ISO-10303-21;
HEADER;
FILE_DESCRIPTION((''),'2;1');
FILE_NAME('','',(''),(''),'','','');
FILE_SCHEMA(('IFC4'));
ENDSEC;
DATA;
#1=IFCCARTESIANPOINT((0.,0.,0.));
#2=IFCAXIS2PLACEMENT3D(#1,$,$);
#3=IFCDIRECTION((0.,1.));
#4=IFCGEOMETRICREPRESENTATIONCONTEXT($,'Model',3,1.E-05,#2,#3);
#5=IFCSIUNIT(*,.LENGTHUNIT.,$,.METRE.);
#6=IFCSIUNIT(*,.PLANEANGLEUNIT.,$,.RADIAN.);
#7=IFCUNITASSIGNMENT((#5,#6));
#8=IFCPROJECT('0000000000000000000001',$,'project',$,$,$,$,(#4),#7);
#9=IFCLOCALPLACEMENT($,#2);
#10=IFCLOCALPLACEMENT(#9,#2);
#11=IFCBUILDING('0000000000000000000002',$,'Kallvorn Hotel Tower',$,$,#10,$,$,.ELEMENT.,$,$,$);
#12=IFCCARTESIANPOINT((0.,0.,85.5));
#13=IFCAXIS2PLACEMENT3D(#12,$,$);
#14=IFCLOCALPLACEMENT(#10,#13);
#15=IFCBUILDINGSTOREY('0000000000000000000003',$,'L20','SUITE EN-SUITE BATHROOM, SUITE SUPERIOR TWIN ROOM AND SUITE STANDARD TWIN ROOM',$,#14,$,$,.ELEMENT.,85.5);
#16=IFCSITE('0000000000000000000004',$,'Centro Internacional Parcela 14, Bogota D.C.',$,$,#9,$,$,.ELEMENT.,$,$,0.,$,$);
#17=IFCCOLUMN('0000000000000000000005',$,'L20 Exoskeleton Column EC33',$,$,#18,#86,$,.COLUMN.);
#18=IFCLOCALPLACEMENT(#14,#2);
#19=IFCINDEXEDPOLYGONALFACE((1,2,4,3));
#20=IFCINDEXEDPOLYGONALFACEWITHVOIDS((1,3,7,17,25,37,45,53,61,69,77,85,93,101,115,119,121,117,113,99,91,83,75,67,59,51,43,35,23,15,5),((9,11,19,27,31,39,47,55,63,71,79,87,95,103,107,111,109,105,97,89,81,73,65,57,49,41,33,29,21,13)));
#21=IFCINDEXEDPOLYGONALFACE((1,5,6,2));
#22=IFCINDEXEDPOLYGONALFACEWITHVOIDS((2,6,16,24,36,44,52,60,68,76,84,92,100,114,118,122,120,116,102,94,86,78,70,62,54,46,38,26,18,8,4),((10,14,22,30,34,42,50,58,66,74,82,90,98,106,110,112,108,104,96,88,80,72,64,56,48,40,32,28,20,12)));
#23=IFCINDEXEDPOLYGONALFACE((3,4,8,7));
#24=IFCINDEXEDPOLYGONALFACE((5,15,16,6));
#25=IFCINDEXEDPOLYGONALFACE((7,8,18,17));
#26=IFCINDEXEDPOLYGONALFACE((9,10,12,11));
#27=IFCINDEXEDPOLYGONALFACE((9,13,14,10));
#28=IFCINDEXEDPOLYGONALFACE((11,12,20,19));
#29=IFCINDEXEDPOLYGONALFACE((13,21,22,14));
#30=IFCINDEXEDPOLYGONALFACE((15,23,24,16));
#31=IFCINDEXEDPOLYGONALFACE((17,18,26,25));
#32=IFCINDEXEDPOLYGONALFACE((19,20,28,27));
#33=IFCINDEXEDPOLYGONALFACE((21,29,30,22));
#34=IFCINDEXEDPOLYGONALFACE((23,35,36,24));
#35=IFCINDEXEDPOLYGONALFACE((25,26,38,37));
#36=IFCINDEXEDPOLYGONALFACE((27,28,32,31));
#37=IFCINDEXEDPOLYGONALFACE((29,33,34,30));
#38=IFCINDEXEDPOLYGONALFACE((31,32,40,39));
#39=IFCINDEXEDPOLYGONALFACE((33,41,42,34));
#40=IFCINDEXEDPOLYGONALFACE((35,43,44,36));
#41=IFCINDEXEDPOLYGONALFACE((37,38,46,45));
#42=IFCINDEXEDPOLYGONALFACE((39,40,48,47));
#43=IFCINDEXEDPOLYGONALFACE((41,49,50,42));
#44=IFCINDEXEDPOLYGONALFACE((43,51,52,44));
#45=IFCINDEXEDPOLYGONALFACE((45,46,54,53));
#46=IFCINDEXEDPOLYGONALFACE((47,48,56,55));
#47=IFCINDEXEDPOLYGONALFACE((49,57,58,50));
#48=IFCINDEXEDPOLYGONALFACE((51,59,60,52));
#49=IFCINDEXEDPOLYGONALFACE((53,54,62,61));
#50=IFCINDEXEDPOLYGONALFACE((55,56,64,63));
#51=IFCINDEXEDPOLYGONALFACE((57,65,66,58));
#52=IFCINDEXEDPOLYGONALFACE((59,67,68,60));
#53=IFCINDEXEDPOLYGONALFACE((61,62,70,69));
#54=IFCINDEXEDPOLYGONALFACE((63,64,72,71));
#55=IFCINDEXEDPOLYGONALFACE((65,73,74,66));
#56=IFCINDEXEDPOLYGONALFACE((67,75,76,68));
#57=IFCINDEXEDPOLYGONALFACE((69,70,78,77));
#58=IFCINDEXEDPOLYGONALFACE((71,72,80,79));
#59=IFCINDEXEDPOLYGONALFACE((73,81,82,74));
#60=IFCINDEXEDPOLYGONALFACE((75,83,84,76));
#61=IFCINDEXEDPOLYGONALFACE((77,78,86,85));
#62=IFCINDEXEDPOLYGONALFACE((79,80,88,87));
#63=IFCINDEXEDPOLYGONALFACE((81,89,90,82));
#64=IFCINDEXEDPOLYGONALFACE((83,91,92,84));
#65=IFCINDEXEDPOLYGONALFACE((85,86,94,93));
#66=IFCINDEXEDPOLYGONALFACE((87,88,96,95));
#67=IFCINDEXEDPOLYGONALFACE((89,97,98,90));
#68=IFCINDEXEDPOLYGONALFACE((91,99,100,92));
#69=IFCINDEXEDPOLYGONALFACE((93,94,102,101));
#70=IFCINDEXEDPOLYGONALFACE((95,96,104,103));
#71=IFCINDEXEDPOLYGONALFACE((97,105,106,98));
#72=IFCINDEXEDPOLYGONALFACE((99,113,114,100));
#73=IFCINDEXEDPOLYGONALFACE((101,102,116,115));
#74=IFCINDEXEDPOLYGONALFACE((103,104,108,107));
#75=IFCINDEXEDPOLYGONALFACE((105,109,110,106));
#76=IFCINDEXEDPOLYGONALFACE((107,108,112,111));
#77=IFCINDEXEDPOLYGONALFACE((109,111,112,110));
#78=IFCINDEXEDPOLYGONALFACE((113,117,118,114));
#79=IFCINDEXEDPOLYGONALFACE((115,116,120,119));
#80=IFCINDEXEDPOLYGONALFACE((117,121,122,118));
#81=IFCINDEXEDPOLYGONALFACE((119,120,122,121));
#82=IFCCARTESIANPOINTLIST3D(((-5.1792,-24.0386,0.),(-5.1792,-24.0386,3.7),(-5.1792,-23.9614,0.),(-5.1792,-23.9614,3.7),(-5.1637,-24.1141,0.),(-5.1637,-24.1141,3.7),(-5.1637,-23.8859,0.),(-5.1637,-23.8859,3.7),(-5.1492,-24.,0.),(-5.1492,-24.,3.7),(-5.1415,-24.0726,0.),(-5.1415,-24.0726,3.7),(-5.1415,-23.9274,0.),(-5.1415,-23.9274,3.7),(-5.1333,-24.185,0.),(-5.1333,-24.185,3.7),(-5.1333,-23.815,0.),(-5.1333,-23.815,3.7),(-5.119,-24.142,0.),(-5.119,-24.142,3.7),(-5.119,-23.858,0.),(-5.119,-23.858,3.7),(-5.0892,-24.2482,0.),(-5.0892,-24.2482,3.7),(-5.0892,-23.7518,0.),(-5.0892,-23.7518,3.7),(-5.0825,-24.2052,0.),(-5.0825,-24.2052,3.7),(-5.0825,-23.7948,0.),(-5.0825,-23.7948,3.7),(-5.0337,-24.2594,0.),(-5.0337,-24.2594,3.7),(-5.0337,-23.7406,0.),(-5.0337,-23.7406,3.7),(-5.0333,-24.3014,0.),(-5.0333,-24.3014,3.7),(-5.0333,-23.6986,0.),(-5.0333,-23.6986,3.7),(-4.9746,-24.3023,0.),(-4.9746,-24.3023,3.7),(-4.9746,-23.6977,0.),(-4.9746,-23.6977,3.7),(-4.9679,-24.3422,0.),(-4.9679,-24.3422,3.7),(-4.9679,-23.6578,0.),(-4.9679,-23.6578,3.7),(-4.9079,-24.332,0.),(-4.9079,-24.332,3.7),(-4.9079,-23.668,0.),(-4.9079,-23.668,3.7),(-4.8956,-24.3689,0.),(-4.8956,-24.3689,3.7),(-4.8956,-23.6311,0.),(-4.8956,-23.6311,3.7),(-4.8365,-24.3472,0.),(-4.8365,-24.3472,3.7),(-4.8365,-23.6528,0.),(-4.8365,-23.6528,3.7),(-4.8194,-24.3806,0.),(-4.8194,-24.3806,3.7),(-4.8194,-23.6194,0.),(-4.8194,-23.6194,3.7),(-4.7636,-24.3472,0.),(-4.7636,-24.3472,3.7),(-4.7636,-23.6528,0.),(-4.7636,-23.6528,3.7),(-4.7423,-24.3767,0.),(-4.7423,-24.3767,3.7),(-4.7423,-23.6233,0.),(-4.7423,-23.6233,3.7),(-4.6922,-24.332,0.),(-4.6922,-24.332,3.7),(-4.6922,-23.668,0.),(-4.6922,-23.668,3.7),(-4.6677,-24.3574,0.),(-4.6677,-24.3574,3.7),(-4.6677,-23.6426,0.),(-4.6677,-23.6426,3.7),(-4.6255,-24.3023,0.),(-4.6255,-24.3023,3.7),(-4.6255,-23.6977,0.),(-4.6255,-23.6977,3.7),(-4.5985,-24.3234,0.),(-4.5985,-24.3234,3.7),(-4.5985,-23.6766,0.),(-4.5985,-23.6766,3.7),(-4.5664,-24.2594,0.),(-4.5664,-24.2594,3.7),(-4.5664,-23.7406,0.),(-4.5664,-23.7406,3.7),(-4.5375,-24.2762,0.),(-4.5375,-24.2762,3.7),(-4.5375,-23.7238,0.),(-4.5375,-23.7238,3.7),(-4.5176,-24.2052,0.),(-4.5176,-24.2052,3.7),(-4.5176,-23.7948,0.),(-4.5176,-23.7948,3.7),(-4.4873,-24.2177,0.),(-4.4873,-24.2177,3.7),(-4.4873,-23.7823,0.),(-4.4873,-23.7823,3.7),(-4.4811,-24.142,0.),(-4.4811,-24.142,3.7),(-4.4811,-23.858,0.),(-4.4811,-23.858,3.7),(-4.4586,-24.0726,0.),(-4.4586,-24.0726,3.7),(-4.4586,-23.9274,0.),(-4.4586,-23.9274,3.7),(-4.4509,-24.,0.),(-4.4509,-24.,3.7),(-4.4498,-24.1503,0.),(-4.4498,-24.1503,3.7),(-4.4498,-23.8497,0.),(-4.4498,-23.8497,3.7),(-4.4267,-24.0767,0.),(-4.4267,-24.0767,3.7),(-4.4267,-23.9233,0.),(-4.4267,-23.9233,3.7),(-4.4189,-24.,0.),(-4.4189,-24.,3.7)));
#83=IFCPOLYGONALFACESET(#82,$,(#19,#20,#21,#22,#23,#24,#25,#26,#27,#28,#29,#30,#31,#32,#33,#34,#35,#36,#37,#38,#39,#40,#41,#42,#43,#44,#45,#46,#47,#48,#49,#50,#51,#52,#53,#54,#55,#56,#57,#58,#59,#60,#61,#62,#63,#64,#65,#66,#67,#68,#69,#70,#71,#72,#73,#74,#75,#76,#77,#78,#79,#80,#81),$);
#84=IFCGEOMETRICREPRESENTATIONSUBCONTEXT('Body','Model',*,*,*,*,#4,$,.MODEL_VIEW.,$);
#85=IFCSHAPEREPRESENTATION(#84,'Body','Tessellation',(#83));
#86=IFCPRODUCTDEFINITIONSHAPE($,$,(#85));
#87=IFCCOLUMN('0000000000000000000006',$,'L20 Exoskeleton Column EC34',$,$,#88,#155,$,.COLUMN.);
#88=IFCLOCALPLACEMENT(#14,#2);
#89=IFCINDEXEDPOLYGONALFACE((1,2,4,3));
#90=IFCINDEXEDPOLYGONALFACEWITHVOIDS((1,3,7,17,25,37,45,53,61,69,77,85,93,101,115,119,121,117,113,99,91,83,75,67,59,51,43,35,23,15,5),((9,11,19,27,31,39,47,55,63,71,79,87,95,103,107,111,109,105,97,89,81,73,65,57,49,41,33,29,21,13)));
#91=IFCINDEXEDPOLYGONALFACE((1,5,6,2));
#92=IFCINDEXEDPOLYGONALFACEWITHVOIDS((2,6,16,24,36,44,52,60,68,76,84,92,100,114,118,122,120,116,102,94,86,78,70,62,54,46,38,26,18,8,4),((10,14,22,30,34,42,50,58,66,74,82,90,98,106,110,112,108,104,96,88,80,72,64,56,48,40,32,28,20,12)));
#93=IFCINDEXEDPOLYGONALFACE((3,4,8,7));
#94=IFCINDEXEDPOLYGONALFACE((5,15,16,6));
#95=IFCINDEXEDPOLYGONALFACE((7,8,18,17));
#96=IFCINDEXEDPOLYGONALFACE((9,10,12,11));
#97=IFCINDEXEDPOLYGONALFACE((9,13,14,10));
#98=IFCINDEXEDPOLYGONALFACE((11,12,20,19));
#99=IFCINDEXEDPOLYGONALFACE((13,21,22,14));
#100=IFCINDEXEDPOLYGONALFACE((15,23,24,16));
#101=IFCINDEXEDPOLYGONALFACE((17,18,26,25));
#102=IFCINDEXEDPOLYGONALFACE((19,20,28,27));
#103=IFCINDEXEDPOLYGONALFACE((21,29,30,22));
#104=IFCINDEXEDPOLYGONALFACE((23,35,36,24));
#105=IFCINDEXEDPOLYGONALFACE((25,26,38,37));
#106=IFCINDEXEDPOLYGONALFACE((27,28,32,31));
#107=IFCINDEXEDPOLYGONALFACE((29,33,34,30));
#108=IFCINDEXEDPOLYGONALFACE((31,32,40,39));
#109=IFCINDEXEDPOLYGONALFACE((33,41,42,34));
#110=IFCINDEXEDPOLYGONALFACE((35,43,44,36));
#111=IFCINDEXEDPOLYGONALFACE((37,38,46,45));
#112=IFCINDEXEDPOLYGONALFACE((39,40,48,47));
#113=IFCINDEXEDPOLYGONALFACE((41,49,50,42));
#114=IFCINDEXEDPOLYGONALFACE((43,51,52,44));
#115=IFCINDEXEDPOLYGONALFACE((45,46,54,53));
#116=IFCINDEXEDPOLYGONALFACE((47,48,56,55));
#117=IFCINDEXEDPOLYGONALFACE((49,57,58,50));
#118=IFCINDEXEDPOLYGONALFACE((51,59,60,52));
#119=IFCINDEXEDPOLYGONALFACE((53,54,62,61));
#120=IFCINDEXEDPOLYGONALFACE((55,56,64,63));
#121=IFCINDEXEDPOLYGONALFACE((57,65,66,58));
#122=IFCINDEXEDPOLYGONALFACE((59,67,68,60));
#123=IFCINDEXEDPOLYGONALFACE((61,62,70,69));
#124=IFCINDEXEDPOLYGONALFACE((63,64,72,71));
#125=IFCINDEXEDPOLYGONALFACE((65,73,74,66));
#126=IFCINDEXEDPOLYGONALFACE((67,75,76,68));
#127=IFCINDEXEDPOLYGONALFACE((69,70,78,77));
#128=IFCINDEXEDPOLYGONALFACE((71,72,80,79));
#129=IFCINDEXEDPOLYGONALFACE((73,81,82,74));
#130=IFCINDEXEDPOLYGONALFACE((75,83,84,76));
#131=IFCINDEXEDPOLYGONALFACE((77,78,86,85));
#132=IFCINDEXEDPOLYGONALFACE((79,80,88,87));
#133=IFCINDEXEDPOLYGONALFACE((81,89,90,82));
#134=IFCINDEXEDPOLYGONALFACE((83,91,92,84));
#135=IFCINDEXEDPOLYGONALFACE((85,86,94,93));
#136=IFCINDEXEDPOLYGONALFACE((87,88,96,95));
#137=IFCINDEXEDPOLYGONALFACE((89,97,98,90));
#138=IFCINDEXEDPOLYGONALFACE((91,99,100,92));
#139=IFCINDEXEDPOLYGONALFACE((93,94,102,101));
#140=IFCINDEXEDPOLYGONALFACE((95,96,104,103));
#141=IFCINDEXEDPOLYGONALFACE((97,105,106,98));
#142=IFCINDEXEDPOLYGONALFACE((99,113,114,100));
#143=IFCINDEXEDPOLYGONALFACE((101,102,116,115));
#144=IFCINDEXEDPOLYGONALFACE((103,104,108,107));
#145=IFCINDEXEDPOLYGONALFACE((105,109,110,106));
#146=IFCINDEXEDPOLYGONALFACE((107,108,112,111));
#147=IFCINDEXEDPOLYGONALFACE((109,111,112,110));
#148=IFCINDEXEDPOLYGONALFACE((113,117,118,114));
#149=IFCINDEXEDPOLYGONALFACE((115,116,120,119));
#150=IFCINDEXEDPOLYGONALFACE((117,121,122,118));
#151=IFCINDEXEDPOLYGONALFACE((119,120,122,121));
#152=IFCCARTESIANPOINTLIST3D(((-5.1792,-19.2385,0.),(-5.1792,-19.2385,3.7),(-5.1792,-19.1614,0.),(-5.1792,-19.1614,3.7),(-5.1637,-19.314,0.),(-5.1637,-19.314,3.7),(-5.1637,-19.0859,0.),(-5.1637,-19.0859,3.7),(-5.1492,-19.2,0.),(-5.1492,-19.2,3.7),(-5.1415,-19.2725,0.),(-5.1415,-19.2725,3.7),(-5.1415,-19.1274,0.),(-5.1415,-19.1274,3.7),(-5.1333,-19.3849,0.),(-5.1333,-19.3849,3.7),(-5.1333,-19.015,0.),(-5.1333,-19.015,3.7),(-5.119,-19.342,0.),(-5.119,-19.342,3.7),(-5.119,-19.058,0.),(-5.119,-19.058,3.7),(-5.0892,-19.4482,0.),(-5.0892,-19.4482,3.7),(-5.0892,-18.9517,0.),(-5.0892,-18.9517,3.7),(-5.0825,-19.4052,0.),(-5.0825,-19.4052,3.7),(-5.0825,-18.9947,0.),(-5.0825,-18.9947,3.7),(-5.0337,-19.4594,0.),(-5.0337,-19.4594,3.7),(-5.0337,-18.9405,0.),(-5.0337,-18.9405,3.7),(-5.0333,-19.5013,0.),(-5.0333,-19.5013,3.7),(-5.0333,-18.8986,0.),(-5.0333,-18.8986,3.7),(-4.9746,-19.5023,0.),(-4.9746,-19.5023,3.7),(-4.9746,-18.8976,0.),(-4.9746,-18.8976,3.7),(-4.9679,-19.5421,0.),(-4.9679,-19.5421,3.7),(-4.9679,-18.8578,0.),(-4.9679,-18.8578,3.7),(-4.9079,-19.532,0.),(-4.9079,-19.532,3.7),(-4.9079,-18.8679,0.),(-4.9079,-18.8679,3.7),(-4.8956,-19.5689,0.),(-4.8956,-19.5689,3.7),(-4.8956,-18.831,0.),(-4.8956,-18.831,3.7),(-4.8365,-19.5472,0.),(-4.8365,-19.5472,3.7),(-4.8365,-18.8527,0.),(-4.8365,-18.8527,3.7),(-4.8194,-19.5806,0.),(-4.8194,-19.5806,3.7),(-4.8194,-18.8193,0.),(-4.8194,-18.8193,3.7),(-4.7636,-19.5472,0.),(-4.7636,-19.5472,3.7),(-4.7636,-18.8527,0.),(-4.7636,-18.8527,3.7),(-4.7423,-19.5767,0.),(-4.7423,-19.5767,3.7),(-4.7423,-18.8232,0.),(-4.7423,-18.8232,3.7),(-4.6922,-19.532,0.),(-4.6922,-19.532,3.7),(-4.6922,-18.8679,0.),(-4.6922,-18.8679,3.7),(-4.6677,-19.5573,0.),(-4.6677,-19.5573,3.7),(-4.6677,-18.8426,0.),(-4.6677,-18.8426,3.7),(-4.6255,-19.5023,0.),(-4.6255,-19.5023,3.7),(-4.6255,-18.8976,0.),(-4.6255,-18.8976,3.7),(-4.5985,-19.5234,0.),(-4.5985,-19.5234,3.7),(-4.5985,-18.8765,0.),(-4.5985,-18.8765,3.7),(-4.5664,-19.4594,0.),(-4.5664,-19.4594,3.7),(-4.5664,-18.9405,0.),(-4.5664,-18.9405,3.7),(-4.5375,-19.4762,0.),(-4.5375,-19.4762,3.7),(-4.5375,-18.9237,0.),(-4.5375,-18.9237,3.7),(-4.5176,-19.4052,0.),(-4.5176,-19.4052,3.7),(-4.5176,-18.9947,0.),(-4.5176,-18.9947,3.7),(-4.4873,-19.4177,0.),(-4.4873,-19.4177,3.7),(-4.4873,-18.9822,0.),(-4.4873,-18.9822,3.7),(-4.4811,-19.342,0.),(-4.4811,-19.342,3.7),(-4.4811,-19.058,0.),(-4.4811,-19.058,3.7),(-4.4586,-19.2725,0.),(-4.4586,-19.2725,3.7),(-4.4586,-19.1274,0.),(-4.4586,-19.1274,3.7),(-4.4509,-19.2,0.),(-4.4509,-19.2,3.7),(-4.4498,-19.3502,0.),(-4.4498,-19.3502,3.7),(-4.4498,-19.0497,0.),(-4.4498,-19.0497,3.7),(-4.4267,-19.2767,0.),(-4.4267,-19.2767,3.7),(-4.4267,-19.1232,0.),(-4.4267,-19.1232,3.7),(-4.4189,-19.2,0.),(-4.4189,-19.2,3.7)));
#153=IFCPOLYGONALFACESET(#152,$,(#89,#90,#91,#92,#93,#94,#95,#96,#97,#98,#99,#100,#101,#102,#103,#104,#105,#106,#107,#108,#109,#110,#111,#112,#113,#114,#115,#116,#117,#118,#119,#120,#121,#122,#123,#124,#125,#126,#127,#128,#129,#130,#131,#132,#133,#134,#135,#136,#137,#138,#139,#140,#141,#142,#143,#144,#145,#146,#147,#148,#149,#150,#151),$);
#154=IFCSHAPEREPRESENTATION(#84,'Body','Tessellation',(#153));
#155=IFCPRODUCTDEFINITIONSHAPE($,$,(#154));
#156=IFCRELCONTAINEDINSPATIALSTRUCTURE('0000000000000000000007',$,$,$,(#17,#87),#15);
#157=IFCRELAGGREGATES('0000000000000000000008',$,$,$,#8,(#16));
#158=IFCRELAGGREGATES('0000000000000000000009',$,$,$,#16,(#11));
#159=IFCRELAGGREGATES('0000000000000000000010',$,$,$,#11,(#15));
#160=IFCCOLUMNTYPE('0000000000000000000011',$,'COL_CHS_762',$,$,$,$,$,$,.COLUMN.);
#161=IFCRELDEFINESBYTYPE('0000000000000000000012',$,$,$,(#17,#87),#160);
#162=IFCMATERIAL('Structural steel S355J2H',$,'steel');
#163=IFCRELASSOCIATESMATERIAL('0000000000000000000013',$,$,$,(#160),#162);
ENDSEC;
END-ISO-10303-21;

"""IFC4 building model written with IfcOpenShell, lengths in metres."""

from ifc_helpers import new_model, si_unit, direction, frame, origin, origin_2d, place, context, subcontext, project, spatial, hollow_circle, extrude, material, material_profile, profile_set, type_object, element, save


model = new_model("IFC4")

# Units and contexts
model_context = context("Model", 3, precision=1e-05, world=origin(), true_north=direction((0.0, 1.0)))
body_context = subcontext(model_context, "Body", "Model", "MODEL_VIEW")
ifc_project = project(units=[si_unit("LENGTHUNIT", "METRE"), si_unit("PLANEANGLEUNIT", "RADIAN")], contexts=[model_context])

# Site, building, storey
site_placement = place(None, origin())
site = spatial("IfcSite", under=ifc_project, at=site_placement, Name="Centro Internacional Parcela 14, Bogota D.C.", CompositionType="ELEMENT", RefElevation=0.0)
building_placement = place(site_placement, origin())
building = spatial("IfcBuilding", under=site, at=building_placement, Name="Kallvorn Hotel Tower", CompositionType="ELEMENT")
storey_placement = place(building_placement, frame((0.0, 0.0, 85.5)))
storey = spatial("IfcBuildingStorey", under=building, at=storey_placement, Name="L20", Description="SUITE EN-SUITE BATHROOM, SUITE SUPERIOR TWIN ROOM AND SUITE STANDARD TWIN ROOM", CompositionType="ELEMENT", Elevation=85.5)

# Columns
ifc_material_1 = material(Name="Structural steel S355J2H", Category="steel")
ifc_material_profile_1 = material_profile(ifc_material_1, hollow_circle(Radius=0.3811, WallThickness=0.032, at=origin_2d()), Name="CHS 762x32")
ifc_profile_set_1 = profile_set([ifc_material_profile_1], Name="Structural steel S355J2H")
column_type_1 = type_object("IfcColumnType", Name="COL_CHS_762", PredefinedType="COLUMN", material=ifc_profile_set_1)
for number, where, z_axis, x_axis, name in (
    (1, (-4.8, -24.0, 0.0), (0.0, 0.0, 1.0), (1.0, 0.0, 0.0), "L20 Exoskeleton Column EC33"),
    (2, (-4.8, -19.2, 0.0), (0.0, 0.0, 1.0), (1.0, 0.0, 0.0), "L20 Exoskeleton Column EC34"),
):
    element("IfcColumn", number, at=place(storey_placement, frame(where, z_axis=z_axis, x_axis=x_axis)), inside=storey, type_object=column_type_1, Name=name, PredefinedType="COLUMN", context=body_context, shape_type="SweptSolid", body=[
        extrude(hollow_circle(Radius=0.3811, WallThickness=0.032, at=origin_2d()), origin(), (0.0, 0.0, 1.0), 3.7),
    ])

save(model, "model.ifc")
